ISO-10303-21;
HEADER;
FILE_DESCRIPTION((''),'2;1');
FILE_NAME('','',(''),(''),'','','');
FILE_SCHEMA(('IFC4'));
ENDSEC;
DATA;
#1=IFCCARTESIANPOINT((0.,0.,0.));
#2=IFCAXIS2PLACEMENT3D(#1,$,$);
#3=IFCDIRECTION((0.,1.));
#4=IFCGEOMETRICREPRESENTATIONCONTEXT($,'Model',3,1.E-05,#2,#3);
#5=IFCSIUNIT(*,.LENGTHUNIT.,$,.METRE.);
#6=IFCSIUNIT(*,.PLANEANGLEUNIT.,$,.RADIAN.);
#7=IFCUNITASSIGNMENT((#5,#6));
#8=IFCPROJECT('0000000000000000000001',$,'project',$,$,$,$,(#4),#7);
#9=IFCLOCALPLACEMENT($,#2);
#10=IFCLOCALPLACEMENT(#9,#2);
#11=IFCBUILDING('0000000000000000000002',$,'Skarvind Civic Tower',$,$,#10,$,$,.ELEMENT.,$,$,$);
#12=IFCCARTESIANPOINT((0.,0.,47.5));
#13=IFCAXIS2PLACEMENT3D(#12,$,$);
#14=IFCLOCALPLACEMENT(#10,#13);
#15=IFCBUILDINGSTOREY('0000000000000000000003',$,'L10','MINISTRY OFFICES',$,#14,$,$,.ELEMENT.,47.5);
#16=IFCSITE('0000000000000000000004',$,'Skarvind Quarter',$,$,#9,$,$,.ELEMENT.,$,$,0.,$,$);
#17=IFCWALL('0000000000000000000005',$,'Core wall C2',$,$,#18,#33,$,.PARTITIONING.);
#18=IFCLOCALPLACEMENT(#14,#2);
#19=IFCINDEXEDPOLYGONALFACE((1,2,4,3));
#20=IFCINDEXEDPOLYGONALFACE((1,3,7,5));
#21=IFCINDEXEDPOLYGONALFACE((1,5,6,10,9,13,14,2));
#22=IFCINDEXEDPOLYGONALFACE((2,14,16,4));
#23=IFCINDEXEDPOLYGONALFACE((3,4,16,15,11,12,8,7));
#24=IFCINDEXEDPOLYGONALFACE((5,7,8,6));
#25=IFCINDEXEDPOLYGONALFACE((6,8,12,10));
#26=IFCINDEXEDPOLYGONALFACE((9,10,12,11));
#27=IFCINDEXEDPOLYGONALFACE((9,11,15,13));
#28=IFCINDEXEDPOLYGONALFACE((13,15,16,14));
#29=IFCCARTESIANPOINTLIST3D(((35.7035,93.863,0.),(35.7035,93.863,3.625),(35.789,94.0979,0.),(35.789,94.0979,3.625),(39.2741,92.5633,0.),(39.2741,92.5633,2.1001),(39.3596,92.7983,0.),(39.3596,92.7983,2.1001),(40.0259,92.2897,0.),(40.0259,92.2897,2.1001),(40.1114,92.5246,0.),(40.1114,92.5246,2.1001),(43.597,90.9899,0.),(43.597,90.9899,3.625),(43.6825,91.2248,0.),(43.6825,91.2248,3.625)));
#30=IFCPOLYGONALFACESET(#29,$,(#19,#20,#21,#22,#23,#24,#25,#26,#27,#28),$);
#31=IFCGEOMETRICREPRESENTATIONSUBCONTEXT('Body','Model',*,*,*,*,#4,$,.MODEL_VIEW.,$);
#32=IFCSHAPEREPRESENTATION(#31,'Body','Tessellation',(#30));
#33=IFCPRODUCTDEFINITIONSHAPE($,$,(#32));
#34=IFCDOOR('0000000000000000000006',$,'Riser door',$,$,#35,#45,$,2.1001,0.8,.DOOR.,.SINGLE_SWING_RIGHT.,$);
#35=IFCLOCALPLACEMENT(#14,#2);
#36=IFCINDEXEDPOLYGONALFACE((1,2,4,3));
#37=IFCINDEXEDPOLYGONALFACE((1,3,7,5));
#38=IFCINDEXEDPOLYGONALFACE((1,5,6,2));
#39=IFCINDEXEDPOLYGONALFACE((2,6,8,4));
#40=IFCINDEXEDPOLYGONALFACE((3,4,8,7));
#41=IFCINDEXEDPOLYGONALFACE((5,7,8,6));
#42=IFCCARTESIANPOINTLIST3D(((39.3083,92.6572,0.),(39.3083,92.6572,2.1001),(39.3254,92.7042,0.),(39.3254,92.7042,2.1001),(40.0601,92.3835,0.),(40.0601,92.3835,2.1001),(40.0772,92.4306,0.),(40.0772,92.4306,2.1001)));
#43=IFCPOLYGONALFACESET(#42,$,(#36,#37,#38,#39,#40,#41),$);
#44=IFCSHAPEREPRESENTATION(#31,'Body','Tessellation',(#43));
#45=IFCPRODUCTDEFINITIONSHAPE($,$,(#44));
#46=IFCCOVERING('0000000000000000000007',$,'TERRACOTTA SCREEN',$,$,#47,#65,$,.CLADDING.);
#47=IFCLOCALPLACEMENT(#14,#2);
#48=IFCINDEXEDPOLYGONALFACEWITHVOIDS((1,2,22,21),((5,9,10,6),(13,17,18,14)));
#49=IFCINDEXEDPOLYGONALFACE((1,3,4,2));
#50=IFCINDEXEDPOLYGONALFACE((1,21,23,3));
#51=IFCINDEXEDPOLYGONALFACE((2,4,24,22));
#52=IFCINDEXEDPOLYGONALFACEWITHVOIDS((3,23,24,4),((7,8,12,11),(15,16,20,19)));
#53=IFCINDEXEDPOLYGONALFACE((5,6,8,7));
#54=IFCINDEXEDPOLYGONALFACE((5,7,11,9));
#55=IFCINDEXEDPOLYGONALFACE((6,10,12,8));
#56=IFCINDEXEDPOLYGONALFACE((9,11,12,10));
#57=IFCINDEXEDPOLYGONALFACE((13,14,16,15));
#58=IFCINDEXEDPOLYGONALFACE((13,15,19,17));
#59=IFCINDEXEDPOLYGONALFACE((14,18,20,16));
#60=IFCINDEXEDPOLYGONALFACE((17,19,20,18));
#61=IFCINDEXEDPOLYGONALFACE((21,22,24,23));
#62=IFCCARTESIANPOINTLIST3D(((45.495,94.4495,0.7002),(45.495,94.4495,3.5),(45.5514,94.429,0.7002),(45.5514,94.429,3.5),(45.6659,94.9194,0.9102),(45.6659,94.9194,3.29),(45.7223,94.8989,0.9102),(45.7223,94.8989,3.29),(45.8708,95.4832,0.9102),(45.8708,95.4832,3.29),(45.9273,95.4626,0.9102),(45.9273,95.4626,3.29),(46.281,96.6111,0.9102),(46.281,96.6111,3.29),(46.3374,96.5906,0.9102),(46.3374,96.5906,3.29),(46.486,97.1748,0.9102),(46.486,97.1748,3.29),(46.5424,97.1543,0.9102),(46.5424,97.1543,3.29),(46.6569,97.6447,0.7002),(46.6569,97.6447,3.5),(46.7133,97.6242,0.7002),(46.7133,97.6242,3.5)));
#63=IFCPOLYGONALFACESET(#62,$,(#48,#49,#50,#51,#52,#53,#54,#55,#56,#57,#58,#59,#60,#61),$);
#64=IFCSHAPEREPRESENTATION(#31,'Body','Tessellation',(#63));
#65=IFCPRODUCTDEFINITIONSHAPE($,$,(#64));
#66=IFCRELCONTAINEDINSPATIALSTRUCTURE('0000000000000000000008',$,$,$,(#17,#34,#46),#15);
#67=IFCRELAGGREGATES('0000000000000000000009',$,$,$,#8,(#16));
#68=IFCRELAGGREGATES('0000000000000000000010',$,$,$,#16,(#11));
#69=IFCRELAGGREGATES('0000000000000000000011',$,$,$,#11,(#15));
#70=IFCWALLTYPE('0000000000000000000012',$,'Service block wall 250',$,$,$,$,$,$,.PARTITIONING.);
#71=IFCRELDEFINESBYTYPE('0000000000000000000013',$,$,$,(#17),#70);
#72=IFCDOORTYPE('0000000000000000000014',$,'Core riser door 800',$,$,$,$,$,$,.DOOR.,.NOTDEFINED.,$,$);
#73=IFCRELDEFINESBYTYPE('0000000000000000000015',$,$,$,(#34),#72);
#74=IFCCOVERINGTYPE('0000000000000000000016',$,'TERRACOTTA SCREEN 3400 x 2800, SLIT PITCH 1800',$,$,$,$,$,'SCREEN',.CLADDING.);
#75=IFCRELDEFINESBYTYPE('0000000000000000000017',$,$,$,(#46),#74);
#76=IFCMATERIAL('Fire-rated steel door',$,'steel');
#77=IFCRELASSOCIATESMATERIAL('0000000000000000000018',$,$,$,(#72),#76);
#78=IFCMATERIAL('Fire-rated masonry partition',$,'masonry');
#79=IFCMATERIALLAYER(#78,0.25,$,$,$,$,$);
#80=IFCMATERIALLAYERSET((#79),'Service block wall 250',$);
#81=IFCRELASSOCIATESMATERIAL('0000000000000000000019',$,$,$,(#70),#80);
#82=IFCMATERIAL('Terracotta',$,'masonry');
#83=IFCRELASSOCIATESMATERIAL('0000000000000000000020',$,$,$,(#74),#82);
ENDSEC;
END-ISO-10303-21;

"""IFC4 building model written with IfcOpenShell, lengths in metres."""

from ifc_helpers import new_model, si_unit, direction, frame, frame_2d, origin, place, context, subcontext, project, spatial, polyline, rectangle, outline, extrude, material, layer, layer_set, material_profile, profile_set, type_object, element, fill, save


model = new_model("IFC4")

# Units and contexts
model_context = context("Model", 3, precision=1e-05, world=origin(), true_north=direction((0.0, 1.0)))
body_context = subcontext(model_context, "Body", "Model", "MODEL_VIEW")
ifc_project = project(units=[si_unit("LENGTHUNIT", "METRE"), si_unit("PLANEANGLEUNIT", "RADIAN")], contexts=[model_context])

# Site, building, storey
site_placement = place(None, origin())
site = spatial("IfcSite", under=ifc_project, at=site_placement, Name="Skarvind Quarter", CompositionType="ELEMENT", RefElevation=0.0)
building_placement = place(site_placement, origin())
building = spatial("IfcBuilding", under=site, at=building_placement, Name="Skarvind Civic Tower", CompositionType="ELEMENT")
storey_placement = place(building_placement, frame((0.0, 0.0, 47.5)))
storey = spatial("IfcBuildingStorey", under=building, at=storey_placement, Name="L10", Description="MINISTRY OFFICES", CompositionType="ELEMENT", Elevation=47.5)

# Shared definitions
ifc_material_1 = material(Name="Fire-rated masonry partition", Category="masonry")
ifc_material_2 = material(Name="Fire-rated steel door", Category="steel")

# Wall, opening, door
door_type_1 = type_object("IfcDoorType", Name="Core riser door 800", OperationType="NOTDEFINED", PredefinedType="DOOR", material=ifc_material_2)
ifc_layer_1 = layer(ifc_material_1, 0.25)
ifc_layer_set_1 = layer_set([ifc_layer_1], Name="Service block wall 250")
wall_type_1 = type_object("IfcWallType", Name="Service block wall 250", PredefinedType="PARTITIONING", material=ifc_layer_set_1)
wall_1_placement = place(storey_placement, frame((35.7461, 93.9805, 0.0), z_axis=(0.0, 0.0, 1.0), x_axis=(0.939692, -0.342023, 0.0)))
wall_1 = element("IfcWall", 1, at=wall_1_placement, inside=storey, type_object=wall_type_1, Name="Core wall C2", PredefinedType="PARTITIONING", context=body_context, shape_type="SweptSolid", body=[
    extrude(rectangle(XDim=8.4001, YDim=0.25, at=frame_2d((4.2002, 0.0))), origin(), (0.0, 0.0, 1.0), 3.625),
])
opening_1_placement = place(wall_1_placement, frame((3.8, 0.0, 0.0)))
opening_1 = element("IfcOpeningElement", 2, at=opening_1_placement, cuts=wall_1, PredefinedType="OPENING", context=body_context, shape_type="SweptSolid", body=[
    extrude(rectangle(XDim=0.8, YDim=2.1001, at=frame_2d((0.3999, 1.05))), frame((0.0, 0.135, 0.0), z_axis=(0.0, -1.0, 0.0), x_axis=(1.0, 0.0, 0.0)), (0.0, 0.0, 1.0), 0.27),
])
door_1_placement = place(opening_1_placement, origin())
door_1 = element("IfcDoor", 3, at=door_1_placement, inside=storey, type_object=door_type_1, Name="Riser door", OperationType="SINGLE_SWING_RIGHT", OverallHeight=2.1001, OverallWidth=0.8, PredefinedType="DOOR", context=body_context, shape_type="SweptSolid", body=[
    extrude(rectangle(XDim=0.8, YDim=2.1001, at=frame_2d((0.3999, 1.05))), frame((0.0, 0.0249, 0.0), z_axis=(0.0, -1.0, 0.0), x_axis=(1.0, 0.0, 0.0)), (0.0, 0.0, 1.0), 0.05),
])
fill(opening_1, door_1)

# Covering
ifc_material_3 = material(Name="Terracotta", Category="masonry")
ifc_material_profile_1 = material_profile(ifc_material_3, outline(polyline([(-1.7, -1.3999), (1.7, -1.3999), (1.7, 1.3999), (-1.7, 1.3999), (-1.7, -1.3999)]), holes=[polyline([(-1.2, -1.1899), (-0.6001, -1.1899), (-0.6001, 1.1899), (-1.2, 1.1899), (-1.2, -1.1899)]), polyline([(0.6001, -1.1899), (1.2, -1.1899), (1.2, 1.1899), (0.6001, 1.1899), (0.6001, -1.1899)])]), Name="TERRACOTTA SCREEN 3400 x 2800, SLIT PITCH 1800")
ifc_profile_set_1 = profile_set([ifc_material_profile_1], Name="Terracotta")
covering_type = type_object("IfcCoveringType", Name="TERRACOTTA SCREEN 3400 x 2800, SLIT PITCH 1800", ElementType="SCREEN", PredefinedType="CLADDING", material=ifc_profile_set_1)
covering_placement = place(storey_placement, frame((46.0759, 96.0471, 2.1001), z_axis=(0.939793, -0.341743, 0.0), x_axis=(0.341743, 0.939793, 0.0)))
element("IfcCovering", 4, at=covering_placement, inside=storey, type_object=covering_type, Name="TERRACOTTA SCREEN", PredefinedType="CLADDING", context=body_context, shape_type="SweptSolid", body=[
    extrude(outline(polyline([(-1.7, -1.3999), (1.7, -1.3999), (1.7, 1.3999), (-1.7, 1.3999), (-1.7, -1.3999)]), holes=[polyline([(-1.2, -1.1899), (-0.6001, -1.1899), (-0.6001, 1.1899), (-1.2, 1.1899), (-1.2, -1.1899)]), polyline([(0.6001, -1.1899), (1.2, -1.1899), (1.2, 1.1899), (0.6001, 1.1899), (0.6001, -1.1899)])]), origin(), (0.0, 0.0, 1.0), 0.0601),
])

save(model, "model.ifc")
